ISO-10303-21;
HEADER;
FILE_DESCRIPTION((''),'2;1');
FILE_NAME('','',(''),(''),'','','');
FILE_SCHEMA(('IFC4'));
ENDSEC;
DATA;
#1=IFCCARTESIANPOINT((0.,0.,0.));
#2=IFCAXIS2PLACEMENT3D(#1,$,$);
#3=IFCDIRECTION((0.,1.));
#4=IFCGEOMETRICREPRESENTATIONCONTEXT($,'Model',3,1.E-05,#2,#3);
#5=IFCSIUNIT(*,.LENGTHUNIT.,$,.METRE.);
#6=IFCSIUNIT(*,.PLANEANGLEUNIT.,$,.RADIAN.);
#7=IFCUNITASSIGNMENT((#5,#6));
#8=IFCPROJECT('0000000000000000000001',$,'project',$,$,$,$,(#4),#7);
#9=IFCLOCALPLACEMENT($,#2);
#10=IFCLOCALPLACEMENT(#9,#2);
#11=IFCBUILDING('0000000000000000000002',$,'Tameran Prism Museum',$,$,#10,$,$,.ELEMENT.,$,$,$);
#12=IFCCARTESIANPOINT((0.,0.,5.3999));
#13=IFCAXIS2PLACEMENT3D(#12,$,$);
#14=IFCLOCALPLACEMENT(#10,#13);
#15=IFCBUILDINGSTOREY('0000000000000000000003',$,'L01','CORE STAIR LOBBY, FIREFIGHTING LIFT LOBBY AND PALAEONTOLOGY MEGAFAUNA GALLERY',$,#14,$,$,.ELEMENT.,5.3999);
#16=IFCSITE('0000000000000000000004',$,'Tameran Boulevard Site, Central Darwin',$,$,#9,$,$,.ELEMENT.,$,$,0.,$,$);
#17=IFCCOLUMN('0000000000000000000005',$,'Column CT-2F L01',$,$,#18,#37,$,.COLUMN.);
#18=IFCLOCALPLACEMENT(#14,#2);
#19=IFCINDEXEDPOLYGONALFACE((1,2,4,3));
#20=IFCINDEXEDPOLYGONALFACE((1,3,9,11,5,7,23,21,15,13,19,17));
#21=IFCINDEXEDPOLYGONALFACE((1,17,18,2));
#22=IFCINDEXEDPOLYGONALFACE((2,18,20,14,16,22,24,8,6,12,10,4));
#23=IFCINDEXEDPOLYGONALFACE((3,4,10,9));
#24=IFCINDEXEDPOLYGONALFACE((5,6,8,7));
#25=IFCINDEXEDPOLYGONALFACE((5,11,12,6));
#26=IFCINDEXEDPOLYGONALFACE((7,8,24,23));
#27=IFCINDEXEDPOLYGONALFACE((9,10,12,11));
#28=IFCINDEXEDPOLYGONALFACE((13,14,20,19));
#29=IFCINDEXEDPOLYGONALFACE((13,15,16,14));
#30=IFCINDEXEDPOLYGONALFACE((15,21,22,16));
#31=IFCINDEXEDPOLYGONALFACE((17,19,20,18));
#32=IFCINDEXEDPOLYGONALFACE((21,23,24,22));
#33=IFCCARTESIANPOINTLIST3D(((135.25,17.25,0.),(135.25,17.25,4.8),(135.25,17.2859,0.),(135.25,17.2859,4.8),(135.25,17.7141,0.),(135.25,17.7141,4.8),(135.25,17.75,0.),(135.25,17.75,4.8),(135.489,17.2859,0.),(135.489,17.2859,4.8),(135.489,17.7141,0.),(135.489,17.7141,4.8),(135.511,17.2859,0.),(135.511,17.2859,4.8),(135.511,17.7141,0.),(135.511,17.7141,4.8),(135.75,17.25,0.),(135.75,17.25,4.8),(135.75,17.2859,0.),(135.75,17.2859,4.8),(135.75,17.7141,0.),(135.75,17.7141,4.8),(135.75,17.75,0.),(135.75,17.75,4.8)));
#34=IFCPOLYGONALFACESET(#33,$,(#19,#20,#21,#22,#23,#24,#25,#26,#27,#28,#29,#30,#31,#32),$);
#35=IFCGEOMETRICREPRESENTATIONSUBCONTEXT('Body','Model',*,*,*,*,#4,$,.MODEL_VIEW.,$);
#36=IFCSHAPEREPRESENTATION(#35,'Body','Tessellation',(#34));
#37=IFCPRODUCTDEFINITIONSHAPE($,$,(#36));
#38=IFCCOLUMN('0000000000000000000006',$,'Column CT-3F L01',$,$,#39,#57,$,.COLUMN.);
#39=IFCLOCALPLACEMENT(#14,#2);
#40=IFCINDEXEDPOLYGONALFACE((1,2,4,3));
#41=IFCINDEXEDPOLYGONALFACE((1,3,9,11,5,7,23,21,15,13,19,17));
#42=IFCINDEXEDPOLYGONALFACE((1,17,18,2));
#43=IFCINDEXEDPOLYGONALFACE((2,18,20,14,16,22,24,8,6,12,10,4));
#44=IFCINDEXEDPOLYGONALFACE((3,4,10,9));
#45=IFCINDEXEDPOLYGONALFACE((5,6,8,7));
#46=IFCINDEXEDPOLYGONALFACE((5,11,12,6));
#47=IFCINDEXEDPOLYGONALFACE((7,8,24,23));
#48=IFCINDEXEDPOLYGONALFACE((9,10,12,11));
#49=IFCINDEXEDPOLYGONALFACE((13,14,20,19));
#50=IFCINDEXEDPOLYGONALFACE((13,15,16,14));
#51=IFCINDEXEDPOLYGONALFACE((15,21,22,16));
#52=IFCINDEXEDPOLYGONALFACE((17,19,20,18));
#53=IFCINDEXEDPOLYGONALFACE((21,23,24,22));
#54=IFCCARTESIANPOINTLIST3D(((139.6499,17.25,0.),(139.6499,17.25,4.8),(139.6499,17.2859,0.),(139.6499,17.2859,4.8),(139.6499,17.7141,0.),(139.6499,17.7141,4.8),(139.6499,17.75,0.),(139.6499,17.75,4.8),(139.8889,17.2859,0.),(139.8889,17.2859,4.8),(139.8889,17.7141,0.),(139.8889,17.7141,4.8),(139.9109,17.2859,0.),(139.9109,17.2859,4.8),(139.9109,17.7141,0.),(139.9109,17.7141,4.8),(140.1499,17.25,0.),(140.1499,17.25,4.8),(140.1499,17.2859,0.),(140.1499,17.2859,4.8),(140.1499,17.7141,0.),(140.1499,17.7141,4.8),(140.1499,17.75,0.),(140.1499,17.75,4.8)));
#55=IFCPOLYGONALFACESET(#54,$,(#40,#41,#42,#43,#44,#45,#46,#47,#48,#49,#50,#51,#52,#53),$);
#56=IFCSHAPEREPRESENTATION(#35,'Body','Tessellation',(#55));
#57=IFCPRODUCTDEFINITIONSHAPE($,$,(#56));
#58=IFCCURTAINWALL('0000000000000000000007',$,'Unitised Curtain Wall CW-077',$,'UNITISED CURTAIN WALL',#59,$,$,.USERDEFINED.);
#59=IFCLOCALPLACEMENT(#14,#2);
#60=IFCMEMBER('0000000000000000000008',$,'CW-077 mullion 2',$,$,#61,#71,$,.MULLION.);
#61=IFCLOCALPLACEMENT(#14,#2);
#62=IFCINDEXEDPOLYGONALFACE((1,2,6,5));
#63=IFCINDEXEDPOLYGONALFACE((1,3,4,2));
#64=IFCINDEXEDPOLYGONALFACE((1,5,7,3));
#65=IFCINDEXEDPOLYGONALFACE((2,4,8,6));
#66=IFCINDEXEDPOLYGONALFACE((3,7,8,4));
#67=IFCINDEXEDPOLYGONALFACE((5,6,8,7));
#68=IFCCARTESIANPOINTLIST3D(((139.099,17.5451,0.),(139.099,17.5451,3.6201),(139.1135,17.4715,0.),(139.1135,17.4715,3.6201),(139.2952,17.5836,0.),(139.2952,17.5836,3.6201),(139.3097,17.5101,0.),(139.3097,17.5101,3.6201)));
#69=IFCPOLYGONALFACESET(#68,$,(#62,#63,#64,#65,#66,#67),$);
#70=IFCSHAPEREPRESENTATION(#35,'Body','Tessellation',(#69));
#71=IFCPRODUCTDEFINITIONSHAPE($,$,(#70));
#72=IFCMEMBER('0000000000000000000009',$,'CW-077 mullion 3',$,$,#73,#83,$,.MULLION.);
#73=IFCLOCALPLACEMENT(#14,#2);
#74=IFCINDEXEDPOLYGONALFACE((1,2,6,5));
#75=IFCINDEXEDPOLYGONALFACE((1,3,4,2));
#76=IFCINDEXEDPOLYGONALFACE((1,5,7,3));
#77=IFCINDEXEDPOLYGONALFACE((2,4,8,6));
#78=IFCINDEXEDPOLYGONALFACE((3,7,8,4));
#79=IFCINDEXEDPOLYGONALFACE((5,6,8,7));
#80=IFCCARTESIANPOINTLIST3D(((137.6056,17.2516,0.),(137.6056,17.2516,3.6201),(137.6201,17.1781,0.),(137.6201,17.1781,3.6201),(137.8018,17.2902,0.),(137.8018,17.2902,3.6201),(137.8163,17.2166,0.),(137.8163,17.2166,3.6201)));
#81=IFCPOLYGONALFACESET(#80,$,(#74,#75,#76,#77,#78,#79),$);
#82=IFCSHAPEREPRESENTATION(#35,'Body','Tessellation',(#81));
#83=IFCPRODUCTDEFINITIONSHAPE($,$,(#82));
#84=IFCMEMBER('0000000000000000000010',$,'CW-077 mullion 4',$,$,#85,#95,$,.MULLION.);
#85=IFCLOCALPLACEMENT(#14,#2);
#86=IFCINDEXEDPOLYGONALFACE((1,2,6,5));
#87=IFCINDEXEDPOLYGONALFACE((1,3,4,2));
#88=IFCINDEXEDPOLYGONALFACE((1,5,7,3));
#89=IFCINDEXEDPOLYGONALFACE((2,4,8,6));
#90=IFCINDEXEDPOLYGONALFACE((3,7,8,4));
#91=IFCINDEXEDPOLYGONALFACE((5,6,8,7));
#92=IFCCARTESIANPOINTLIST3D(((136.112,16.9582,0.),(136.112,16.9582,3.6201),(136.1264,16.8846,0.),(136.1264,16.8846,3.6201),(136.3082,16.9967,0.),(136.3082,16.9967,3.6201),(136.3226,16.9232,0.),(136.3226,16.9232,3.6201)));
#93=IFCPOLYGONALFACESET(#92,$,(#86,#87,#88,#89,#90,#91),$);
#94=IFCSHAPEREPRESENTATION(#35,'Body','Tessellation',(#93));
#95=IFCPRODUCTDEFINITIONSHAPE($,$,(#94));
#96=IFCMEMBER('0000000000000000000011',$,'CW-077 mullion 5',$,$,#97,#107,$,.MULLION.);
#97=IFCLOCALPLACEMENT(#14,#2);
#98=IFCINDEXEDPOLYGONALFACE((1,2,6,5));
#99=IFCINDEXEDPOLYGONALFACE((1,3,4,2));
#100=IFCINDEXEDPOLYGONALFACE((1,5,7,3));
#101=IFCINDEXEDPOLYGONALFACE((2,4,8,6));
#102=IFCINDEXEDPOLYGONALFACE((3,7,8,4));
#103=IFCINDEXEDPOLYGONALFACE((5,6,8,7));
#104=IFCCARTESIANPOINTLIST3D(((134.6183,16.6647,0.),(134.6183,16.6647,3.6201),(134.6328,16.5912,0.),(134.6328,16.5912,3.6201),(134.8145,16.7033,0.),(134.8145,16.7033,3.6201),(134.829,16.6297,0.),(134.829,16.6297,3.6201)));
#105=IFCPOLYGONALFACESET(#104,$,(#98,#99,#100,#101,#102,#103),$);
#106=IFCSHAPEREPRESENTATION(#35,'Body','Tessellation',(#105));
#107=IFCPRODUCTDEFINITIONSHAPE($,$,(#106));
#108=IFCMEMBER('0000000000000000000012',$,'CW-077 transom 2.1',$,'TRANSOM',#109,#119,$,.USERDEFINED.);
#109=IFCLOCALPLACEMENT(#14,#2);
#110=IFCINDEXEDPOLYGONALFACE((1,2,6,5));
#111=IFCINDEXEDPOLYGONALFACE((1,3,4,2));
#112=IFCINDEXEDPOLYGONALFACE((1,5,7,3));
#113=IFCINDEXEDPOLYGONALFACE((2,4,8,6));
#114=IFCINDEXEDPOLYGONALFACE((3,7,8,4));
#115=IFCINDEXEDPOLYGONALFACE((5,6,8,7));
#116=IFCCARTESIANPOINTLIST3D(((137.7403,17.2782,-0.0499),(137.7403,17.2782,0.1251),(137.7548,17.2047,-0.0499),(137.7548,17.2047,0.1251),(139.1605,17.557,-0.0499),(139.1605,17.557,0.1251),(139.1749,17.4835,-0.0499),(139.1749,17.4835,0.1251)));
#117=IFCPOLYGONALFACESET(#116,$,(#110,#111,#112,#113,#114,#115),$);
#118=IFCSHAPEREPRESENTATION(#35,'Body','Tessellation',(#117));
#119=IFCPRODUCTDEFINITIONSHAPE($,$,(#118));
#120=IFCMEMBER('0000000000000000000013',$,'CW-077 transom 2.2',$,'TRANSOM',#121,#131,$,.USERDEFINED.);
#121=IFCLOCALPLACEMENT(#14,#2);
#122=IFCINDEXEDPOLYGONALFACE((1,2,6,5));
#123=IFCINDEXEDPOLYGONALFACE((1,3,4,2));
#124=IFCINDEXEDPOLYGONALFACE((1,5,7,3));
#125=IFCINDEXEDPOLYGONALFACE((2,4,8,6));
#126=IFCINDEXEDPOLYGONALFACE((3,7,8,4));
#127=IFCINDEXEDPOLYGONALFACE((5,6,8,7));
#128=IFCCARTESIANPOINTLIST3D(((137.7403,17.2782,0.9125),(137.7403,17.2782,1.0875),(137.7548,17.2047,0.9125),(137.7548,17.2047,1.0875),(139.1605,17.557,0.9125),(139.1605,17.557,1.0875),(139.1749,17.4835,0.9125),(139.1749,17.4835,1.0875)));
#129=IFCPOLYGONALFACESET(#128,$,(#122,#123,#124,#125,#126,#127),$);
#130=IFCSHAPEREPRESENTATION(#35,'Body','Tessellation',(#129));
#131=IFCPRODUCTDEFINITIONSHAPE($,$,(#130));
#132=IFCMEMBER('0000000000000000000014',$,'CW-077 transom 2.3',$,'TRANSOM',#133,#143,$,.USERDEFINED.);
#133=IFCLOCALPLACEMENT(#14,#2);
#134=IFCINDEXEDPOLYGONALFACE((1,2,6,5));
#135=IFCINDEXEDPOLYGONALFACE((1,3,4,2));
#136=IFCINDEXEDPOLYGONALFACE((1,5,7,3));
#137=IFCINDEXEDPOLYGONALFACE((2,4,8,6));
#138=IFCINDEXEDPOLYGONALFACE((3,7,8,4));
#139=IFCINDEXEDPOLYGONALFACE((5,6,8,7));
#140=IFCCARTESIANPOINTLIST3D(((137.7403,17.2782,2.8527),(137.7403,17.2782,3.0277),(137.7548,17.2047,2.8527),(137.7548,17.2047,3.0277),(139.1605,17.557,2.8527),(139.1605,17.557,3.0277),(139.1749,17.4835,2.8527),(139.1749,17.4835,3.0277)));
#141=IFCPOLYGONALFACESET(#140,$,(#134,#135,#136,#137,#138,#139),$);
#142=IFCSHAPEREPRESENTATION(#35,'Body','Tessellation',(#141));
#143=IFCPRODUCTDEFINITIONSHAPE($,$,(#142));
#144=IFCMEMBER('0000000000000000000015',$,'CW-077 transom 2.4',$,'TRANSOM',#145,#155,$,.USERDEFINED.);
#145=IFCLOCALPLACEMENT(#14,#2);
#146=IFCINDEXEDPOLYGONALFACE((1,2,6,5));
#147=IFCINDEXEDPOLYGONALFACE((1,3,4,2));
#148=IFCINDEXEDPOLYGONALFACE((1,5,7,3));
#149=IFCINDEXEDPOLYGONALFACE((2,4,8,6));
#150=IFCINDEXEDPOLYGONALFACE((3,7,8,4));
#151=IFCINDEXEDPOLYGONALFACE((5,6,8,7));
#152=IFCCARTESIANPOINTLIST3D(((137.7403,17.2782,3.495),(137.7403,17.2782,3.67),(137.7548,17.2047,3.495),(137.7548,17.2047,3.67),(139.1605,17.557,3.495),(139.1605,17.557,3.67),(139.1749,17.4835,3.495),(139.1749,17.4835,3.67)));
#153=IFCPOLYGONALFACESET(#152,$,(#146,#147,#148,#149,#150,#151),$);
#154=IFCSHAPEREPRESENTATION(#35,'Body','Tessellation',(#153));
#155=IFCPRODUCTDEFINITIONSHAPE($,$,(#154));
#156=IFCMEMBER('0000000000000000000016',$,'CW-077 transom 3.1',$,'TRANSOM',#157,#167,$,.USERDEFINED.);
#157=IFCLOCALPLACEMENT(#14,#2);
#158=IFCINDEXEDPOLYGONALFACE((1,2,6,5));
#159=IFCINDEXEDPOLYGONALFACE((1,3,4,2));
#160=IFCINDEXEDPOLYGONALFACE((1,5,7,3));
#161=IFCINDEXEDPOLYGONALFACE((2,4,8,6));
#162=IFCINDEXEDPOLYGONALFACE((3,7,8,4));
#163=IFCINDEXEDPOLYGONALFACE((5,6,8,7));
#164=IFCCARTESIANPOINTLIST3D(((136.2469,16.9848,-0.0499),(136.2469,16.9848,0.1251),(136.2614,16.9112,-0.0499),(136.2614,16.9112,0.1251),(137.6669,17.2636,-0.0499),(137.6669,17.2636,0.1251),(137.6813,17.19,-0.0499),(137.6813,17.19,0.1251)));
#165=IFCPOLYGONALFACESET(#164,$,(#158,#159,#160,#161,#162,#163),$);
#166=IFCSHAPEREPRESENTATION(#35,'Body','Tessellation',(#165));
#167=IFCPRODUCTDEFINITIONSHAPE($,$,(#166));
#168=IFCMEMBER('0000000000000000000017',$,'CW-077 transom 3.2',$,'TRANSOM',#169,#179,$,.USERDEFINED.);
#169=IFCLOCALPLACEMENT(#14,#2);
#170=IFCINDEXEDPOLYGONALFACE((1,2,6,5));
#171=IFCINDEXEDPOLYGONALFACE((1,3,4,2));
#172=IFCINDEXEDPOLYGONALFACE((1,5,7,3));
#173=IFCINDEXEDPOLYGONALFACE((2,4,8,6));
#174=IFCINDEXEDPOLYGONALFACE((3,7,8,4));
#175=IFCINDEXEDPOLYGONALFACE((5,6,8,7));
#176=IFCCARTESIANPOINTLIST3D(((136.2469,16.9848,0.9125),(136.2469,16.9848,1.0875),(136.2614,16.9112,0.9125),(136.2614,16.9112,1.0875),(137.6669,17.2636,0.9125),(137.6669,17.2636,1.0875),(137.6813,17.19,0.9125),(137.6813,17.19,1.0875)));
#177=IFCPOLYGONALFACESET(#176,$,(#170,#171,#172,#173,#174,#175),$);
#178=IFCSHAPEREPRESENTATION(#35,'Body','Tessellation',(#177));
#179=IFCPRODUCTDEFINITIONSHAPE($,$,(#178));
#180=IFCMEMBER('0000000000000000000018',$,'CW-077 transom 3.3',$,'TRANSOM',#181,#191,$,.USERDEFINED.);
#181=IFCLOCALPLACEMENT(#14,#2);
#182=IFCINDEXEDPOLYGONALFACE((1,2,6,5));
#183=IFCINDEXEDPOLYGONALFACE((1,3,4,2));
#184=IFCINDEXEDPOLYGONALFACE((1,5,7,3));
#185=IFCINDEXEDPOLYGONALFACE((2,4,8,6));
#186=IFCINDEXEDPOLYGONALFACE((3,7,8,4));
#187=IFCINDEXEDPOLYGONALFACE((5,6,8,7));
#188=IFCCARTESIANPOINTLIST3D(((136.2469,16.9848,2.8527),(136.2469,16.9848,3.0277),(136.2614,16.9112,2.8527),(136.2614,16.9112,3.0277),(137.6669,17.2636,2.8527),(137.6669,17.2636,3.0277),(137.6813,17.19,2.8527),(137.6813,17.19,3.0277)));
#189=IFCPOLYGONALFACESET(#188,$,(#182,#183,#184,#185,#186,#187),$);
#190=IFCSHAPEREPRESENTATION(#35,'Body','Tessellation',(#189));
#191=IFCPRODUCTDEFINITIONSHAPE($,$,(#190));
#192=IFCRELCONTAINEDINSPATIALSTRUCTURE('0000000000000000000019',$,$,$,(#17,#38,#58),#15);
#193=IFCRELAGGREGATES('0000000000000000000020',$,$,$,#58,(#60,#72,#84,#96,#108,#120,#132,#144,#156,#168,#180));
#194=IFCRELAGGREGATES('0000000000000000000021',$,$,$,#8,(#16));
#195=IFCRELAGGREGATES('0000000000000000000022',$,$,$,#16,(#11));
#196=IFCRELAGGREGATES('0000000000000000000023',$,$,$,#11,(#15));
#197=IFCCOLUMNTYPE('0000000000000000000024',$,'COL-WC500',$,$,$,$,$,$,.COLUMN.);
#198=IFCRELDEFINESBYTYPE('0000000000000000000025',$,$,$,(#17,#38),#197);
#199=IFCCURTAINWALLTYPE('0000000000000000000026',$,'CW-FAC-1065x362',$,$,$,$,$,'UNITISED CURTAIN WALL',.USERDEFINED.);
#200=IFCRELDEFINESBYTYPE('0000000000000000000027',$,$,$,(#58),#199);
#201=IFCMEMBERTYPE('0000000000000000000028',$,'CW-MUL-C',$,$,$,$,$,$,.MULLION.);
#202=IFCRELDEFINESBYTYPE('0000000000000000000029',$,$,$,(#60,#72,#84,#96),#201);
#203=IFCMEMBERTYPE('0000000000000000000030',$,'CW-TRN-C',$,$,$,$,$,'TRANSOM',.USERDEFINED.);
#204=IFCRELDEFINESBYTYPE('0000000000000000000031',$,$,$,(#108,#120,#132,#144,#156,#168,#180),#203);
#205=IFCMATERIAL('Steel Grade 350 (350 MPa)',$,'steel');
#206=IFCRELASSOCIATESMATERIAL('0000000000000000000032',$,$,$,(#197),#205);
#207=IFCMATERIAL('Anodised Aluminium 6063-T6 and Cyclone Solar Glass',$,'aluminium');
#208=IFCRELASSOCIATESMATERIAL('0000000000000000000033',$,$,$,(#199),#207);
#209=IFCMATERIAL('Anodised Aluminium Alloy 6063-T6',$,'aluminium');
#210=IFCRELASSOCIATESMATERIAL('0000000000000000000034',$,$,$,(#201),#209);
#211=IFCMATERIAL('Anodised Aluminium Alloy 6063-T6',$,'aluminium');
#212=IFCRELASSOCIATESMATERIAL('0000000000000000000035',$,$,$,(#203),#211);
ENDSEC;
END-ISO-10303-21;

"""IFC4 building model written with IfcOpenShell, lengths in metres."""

from ifc_helpers import new_model, si_unit, direction, frame, origin, origin_2d, place, context, subcontext, project, spatial, rectangle, i_section, extrude, material, material_profile, profile_set, type_object, element, aggregate, save


model = new_model("IFC4")

# Units and contexts
model_context = context("Model", 3, precision=1e-05, world=origin(), true_north=direction((0.0, 1.0)))
body_context = subcontext(model_context, "Body", "Model", "MODEL_VIEW")
ifc_project = project(units=[si_unit("LENGTHUNIT", "METRE"), si_unit("PLANEANGLEUNIT", "RADIAN")], contexts=[model_context])

# Site, building, storey
site_placement = place(None, origin())
site = spatial("IfcSite", under=ifc_project, at=site_placement, Name="Tameran Boulevard Site, Central Darwin", CompositionType="ELEMENT", RefElevation=0.0)
building_placement = place(site_placement, origin())
building = spatial("IfcBuilding", under=site, at=building_placement, Name="Tameran Prism Museum", CompositionType="ELEMENT")
storey_placement = place(building_placement, frame((0.0, 0.0, 5.3999)))
storey = spatial("IfcBuildingStorey", under=building, at=storey_placement, Name="L01", Description="CORE STAIR LOBBY, FIREFIGHTING LIFT LOBBY AND PALAEONTOLOGY MEGAFAUNA GALLERY", CompositionType="ELEMENT", Elevation=5.3999)

# Columns
ifc_material_1 = material(Name="Steel Grade 350 (350 MPa)", Category="steel")
ifc_material_profile_1 = material_profile(ifc_material_1, i_section(OverallWidth=0.5, OverallDepth=0.5, WebThickness=0.022, FlangeThickness=0.0359, at=origin_2d()))
ifc_profile_set_1 = profile_set([ifc_material_profile_1])
column_type = type_object("IfcColumnType", Name="COL-WC500", PredefinedType="COLUMN", material=ifc_profile_set_1)
for number, where, z_axis, x_axis, name in (
    (1, (135.5, 17.5, 0.0), (0.0, 0.0, 1.0), (1.0, 0.0, 0.0), "Column CT-2F L01"),
    (2, (139.8999, 17.5, 0.0), (0.0, 0.0, 1.0), (1.0, 0.0, 0.0), "Column CT-3F L01"),
):
    element("IfcColumn", number, at=place(storey_placement, frame(where, z_axis=z_axis, x_axis=x_axis)), inside=storey, type_object=column_type, Name=name, PredefinedType="COLUMN", context=body_context, shape_type="SweptSolid", body=[
        extrude(i_section(OverallWidth=0.5, OverallDepth=0.5, WebThickness=0.022, FlangeThickness=0.0359, at=origin_2d()), origin(), (0.0, 0.0, 1.0), 4.8),
    ])

# Curtain wall, members
ifc_material_2 = material(Name="Anodised Aluminium 6063-T6 and Cyclone Solar Glass", Category="aluminium")
curtain_wall_type = type_object("IfcCurtainWallType", Name="CW-FAC-1065x362", ElementType="UNITISED CURTAIN WALL", PredefinedType="USERDEFINED", material=ifc_material_2)
curtain_wall_placement = place(storey_placement, origin())
curtain_wall = element("IfcCurtainWall", 3, at=curtain_wall_placement, inside=storey, type_object=curtain_wall_type, Name="Unitised Curtain Wall CW-077", ObjectType="UNITISED CURTAIN WALL", PredefinedType="USERDEFINED")
ifc_material_3 = material(Name="Anodised Aluminium Alloy 6063-T6", Category="aluminium")
ifc_material_profile_2 = material_profile(ifc_material_3, rectangle(XDim=0.075, YDim=0.2, at=origin_2d()))
ifc_profile_set_2 = profile_set([ifc_material_profile_2])
member_type_1 = type_object("IfcMemberType", Name="CW-MUL-C", PredefinedType="MULLION", material=ifc_profile_set_2)
member_1_placement = place(storey_placement, frame((139.2043, 17.5276, 0.0), z_axis=(0.0, 0.0, 1.0), x_axis=(0.192776, -0.981243, 0.0)))
member_1 = element("IfcMember", 4, at=member_1_placement, type_object=member_type_1, Name="CW-077 mullion 2", PredefinedType="MULLION", context=body_context, shape_type="SweptSolid", body=[
    extrude(rectangle(XDim=0.075, YDim=0.2, at=origin_2d()), origin(), (0.0, 0.0, 1.0), 3.6201),
])
member_2_placement = place(storey_placement, frame((137.7109, 17.2341, 0.0), z_axis=(0.0, 0.0, 1.0), x_axis=(0.192776, -0.981243, 0.0)))
member_2 = element("IfcMember", 5, at=member_2_placement, type_object=member_type_1, Name="CW-077 mullion 3", PredefinedType="MULLION", context=body_context, shape_type="SweptSolid", body=[
    extrude(rectangle(XDim=0.075, YDim=0.2, at=origin_2d()), origin(), (0.0, 0.0, 1.0), 3.6201),
])
member_3_placement = place(storey_placement, frame((136.2173, 16.9407, 0.0), z_axis=(0.0, 0.0, 1.0), x_axis=(0.192776, -0.981243, 0.0)))
member_3 = element("IfcMember", 6, at=member_3_placement, type_object=member_type_1, Name="CW-077 mullion 4", PredefinedType="MULLION", context=body_context, shape_type="SweptSolid", body=[
    extrude(rectangle(XDim=0.075, YDim=0.2, at=origin_2d()), origin(), (0.0, 0.0, 1.0), 3.6201),
])
member_4_placement = place(storey_placement, frame((134.7236, 16.6472, 0.0), z_axis=(0.0, 0.0, 1.0), x_axis=(0.192776, -0.981243, 0.0)))
member_4 = element("IfcMember", 7, at=member_4_placement, type_object=member_type_1, Name="CW-077 mullion 5", PredefinedType="MULLION", context=body_context, shape_type="SweptSolid", body=[
    extrude(rectangle(XDim=0.075, YDim=0.2, at=origin_2d()), origin(), (0.0, 0.0, 1.0), 3.6201),
])
ifc_material_4 = material(Name="Anodised Aluminium Alloy 6063-T6", Category="aluminium")
ifc_material_profile_3 = material_profile(ifc_material_4, rectangle(XDim=0.075, YDim=0.175, at=origin_2d()))
ifc_profile_set_3 = profile_set([ifc_material_profile_3])
member_type_2 = type_object("IfcMemberType", Name="CW-TRN-C", ElementType="TRANSOM", PredefinedType="USERDEFINED", material=ifc_profile_set_3)
member_5_placement = place(storey_placement, frame((139.1677, 17.5203, 0.0376), z_axis=(-0.981269, -0.192644, 0.0), x_axis=(0.192644, -0.981269, 0.0)))
member_5 = element("IfcMember", 8, at=member_5_placement, type_object=member_type_2, Name="CW-077 transom 2.1", ObjectType="TRANSOM", PredefinedType="USERDEFINED", context=body_context, shape_type="SweptSolid", body=[
    extrude(rectangle(XDim=0.075, YDim=0.175, at=origin_2d()), origin(), (0.0, 0.0, 1.0), 1.4473),
])
member_6_placement = place(storey_placement, frame((139.1677, 17.5203, 1.0), z_axis=(-0.981269, -0.192644, 0.0), x_axis=(0.192644, -0.981269, 0.0)))
member_6 = element("IfcMember", 9, at=member_6_placement, type_object=member_type_2, Name="CW-077 transom 2.2", ObjectType="TRANSOM", PredefinedType="USERDEFINED", context=body_context, shape_type="SweptSolid", body=[
    extrude(rectangle(XDim=0.075, YDim=0.175, at=origin_2d()), origin(), (0.0, 0.0, 1.0), 1.4473),
])
member_7_placement = place(storey_placement, frame((139.1677, 17.5203, 2.9402), z_axis=(-0.981269, -0.192644, 0.0), x_axis=(0.192644, -0.981269, 0.0)))
member_7 = element("IfcMember", 10, at=member_7_placement, type_object=member_type_2, Name="CW-077 transom 2.3", ObjectType="TRANSOM", PredefinedType="USERDEFINED", context=body_context, shape_type="SweptSolid", body=[
    extrude(rectangle(XDim=0.075, YDim=0.175, at=origin_2d()), origin(), (0.0, 0.0, 1.0), 1.4473),
])
member_8_placement = place(storey_placement, frame((139.1677, 17.5203, 3.5825), z_axis=(-0.981269, -0.192644, 0.0), x_axis=(0.192644, -0.981269, 0.0)))
member_8 = element("IfcMember", 11, at=member_8_placement, type_object=member_type_2, Name="CW-077 transom 2.4", ObjectType="TRANSOM", PredefinedType="USERDEFINED", context=body_context, shape_type="SweptSolid", body=[
    extrude(rectangle(XDim=0.075, YDim=0.175, at=origin_2d()), origin(), (0.0, 0.0, 1.0), 1.4473),
])
member_9_placement = place(storey_placement, frame((137.6741, 17.2268, 0.0376), z_axis=(-0.981262, -0.192676, 0.0), x_axis=(0.192676, -0.981262, 0.0)))
member_9 = element("IfcMember", 12, at=member_9_placement, type_object=member_type_2, Name="CW-077 transom 3.1", ObjectType="TRANSOM", PredefinedType="USERDEFINED", context=body_context, shape_type="SweptSolid", body=[
    extrude(rectangle(XDim=0.075, YDim=0.175, at=origin_2d()), origin(), (0.0, 0.0, 1.0), 1.447),
])
member_10_placement = place(storey_placement, frame((137.6741, 17.2268, 1.0), z_axis=(-0.981262, -0.192676, 0.0), x_axis=(0.192676, -0.981262, 0.0)))
member_10 = element("IfcMember", 13, at=member_10_placement, type_object=member_type_2, Name="CW-077 transom 3.2", ObjectType="TRANSOM", PredefinedType="USERDEFINED", context=body_context, shape_type="SweptSolid", body=[
    extrude(rectangle(XDim=0.075, YDim=0.175, at=origin_2d()), origin(), (0.0, 0.0, 1.0), 1.447),
])
member_11_placement = place(storey_placement, frame((137.6741, 17.2268, 2.9402), z_axis=(-0.981262, -0.192676, 0.0), x_axis=(0.192676, -0.981262, 0.0)))
member_11 = element("IfcMember", 14, at=member_11_placement, type_object=member_type_2, Name="CW-077 transom 3.3", ObjectType="TRANSOM", PredefinedType="USERDEFINED", context=body_context, shape_type="SweptSolid", body=[
    extrude(rectangle(XDim=0.075, YDim=0.175, at=origin_2d()), origin(), (0.0, 0.0, 1.0), 1.447),
])
aggregate(curtain_wall, [member_1, member_2, member_3, member_4, member_5, member_6, member_7, member_8, member_9, member_10, member_11])

save(model, "model.ifc")
